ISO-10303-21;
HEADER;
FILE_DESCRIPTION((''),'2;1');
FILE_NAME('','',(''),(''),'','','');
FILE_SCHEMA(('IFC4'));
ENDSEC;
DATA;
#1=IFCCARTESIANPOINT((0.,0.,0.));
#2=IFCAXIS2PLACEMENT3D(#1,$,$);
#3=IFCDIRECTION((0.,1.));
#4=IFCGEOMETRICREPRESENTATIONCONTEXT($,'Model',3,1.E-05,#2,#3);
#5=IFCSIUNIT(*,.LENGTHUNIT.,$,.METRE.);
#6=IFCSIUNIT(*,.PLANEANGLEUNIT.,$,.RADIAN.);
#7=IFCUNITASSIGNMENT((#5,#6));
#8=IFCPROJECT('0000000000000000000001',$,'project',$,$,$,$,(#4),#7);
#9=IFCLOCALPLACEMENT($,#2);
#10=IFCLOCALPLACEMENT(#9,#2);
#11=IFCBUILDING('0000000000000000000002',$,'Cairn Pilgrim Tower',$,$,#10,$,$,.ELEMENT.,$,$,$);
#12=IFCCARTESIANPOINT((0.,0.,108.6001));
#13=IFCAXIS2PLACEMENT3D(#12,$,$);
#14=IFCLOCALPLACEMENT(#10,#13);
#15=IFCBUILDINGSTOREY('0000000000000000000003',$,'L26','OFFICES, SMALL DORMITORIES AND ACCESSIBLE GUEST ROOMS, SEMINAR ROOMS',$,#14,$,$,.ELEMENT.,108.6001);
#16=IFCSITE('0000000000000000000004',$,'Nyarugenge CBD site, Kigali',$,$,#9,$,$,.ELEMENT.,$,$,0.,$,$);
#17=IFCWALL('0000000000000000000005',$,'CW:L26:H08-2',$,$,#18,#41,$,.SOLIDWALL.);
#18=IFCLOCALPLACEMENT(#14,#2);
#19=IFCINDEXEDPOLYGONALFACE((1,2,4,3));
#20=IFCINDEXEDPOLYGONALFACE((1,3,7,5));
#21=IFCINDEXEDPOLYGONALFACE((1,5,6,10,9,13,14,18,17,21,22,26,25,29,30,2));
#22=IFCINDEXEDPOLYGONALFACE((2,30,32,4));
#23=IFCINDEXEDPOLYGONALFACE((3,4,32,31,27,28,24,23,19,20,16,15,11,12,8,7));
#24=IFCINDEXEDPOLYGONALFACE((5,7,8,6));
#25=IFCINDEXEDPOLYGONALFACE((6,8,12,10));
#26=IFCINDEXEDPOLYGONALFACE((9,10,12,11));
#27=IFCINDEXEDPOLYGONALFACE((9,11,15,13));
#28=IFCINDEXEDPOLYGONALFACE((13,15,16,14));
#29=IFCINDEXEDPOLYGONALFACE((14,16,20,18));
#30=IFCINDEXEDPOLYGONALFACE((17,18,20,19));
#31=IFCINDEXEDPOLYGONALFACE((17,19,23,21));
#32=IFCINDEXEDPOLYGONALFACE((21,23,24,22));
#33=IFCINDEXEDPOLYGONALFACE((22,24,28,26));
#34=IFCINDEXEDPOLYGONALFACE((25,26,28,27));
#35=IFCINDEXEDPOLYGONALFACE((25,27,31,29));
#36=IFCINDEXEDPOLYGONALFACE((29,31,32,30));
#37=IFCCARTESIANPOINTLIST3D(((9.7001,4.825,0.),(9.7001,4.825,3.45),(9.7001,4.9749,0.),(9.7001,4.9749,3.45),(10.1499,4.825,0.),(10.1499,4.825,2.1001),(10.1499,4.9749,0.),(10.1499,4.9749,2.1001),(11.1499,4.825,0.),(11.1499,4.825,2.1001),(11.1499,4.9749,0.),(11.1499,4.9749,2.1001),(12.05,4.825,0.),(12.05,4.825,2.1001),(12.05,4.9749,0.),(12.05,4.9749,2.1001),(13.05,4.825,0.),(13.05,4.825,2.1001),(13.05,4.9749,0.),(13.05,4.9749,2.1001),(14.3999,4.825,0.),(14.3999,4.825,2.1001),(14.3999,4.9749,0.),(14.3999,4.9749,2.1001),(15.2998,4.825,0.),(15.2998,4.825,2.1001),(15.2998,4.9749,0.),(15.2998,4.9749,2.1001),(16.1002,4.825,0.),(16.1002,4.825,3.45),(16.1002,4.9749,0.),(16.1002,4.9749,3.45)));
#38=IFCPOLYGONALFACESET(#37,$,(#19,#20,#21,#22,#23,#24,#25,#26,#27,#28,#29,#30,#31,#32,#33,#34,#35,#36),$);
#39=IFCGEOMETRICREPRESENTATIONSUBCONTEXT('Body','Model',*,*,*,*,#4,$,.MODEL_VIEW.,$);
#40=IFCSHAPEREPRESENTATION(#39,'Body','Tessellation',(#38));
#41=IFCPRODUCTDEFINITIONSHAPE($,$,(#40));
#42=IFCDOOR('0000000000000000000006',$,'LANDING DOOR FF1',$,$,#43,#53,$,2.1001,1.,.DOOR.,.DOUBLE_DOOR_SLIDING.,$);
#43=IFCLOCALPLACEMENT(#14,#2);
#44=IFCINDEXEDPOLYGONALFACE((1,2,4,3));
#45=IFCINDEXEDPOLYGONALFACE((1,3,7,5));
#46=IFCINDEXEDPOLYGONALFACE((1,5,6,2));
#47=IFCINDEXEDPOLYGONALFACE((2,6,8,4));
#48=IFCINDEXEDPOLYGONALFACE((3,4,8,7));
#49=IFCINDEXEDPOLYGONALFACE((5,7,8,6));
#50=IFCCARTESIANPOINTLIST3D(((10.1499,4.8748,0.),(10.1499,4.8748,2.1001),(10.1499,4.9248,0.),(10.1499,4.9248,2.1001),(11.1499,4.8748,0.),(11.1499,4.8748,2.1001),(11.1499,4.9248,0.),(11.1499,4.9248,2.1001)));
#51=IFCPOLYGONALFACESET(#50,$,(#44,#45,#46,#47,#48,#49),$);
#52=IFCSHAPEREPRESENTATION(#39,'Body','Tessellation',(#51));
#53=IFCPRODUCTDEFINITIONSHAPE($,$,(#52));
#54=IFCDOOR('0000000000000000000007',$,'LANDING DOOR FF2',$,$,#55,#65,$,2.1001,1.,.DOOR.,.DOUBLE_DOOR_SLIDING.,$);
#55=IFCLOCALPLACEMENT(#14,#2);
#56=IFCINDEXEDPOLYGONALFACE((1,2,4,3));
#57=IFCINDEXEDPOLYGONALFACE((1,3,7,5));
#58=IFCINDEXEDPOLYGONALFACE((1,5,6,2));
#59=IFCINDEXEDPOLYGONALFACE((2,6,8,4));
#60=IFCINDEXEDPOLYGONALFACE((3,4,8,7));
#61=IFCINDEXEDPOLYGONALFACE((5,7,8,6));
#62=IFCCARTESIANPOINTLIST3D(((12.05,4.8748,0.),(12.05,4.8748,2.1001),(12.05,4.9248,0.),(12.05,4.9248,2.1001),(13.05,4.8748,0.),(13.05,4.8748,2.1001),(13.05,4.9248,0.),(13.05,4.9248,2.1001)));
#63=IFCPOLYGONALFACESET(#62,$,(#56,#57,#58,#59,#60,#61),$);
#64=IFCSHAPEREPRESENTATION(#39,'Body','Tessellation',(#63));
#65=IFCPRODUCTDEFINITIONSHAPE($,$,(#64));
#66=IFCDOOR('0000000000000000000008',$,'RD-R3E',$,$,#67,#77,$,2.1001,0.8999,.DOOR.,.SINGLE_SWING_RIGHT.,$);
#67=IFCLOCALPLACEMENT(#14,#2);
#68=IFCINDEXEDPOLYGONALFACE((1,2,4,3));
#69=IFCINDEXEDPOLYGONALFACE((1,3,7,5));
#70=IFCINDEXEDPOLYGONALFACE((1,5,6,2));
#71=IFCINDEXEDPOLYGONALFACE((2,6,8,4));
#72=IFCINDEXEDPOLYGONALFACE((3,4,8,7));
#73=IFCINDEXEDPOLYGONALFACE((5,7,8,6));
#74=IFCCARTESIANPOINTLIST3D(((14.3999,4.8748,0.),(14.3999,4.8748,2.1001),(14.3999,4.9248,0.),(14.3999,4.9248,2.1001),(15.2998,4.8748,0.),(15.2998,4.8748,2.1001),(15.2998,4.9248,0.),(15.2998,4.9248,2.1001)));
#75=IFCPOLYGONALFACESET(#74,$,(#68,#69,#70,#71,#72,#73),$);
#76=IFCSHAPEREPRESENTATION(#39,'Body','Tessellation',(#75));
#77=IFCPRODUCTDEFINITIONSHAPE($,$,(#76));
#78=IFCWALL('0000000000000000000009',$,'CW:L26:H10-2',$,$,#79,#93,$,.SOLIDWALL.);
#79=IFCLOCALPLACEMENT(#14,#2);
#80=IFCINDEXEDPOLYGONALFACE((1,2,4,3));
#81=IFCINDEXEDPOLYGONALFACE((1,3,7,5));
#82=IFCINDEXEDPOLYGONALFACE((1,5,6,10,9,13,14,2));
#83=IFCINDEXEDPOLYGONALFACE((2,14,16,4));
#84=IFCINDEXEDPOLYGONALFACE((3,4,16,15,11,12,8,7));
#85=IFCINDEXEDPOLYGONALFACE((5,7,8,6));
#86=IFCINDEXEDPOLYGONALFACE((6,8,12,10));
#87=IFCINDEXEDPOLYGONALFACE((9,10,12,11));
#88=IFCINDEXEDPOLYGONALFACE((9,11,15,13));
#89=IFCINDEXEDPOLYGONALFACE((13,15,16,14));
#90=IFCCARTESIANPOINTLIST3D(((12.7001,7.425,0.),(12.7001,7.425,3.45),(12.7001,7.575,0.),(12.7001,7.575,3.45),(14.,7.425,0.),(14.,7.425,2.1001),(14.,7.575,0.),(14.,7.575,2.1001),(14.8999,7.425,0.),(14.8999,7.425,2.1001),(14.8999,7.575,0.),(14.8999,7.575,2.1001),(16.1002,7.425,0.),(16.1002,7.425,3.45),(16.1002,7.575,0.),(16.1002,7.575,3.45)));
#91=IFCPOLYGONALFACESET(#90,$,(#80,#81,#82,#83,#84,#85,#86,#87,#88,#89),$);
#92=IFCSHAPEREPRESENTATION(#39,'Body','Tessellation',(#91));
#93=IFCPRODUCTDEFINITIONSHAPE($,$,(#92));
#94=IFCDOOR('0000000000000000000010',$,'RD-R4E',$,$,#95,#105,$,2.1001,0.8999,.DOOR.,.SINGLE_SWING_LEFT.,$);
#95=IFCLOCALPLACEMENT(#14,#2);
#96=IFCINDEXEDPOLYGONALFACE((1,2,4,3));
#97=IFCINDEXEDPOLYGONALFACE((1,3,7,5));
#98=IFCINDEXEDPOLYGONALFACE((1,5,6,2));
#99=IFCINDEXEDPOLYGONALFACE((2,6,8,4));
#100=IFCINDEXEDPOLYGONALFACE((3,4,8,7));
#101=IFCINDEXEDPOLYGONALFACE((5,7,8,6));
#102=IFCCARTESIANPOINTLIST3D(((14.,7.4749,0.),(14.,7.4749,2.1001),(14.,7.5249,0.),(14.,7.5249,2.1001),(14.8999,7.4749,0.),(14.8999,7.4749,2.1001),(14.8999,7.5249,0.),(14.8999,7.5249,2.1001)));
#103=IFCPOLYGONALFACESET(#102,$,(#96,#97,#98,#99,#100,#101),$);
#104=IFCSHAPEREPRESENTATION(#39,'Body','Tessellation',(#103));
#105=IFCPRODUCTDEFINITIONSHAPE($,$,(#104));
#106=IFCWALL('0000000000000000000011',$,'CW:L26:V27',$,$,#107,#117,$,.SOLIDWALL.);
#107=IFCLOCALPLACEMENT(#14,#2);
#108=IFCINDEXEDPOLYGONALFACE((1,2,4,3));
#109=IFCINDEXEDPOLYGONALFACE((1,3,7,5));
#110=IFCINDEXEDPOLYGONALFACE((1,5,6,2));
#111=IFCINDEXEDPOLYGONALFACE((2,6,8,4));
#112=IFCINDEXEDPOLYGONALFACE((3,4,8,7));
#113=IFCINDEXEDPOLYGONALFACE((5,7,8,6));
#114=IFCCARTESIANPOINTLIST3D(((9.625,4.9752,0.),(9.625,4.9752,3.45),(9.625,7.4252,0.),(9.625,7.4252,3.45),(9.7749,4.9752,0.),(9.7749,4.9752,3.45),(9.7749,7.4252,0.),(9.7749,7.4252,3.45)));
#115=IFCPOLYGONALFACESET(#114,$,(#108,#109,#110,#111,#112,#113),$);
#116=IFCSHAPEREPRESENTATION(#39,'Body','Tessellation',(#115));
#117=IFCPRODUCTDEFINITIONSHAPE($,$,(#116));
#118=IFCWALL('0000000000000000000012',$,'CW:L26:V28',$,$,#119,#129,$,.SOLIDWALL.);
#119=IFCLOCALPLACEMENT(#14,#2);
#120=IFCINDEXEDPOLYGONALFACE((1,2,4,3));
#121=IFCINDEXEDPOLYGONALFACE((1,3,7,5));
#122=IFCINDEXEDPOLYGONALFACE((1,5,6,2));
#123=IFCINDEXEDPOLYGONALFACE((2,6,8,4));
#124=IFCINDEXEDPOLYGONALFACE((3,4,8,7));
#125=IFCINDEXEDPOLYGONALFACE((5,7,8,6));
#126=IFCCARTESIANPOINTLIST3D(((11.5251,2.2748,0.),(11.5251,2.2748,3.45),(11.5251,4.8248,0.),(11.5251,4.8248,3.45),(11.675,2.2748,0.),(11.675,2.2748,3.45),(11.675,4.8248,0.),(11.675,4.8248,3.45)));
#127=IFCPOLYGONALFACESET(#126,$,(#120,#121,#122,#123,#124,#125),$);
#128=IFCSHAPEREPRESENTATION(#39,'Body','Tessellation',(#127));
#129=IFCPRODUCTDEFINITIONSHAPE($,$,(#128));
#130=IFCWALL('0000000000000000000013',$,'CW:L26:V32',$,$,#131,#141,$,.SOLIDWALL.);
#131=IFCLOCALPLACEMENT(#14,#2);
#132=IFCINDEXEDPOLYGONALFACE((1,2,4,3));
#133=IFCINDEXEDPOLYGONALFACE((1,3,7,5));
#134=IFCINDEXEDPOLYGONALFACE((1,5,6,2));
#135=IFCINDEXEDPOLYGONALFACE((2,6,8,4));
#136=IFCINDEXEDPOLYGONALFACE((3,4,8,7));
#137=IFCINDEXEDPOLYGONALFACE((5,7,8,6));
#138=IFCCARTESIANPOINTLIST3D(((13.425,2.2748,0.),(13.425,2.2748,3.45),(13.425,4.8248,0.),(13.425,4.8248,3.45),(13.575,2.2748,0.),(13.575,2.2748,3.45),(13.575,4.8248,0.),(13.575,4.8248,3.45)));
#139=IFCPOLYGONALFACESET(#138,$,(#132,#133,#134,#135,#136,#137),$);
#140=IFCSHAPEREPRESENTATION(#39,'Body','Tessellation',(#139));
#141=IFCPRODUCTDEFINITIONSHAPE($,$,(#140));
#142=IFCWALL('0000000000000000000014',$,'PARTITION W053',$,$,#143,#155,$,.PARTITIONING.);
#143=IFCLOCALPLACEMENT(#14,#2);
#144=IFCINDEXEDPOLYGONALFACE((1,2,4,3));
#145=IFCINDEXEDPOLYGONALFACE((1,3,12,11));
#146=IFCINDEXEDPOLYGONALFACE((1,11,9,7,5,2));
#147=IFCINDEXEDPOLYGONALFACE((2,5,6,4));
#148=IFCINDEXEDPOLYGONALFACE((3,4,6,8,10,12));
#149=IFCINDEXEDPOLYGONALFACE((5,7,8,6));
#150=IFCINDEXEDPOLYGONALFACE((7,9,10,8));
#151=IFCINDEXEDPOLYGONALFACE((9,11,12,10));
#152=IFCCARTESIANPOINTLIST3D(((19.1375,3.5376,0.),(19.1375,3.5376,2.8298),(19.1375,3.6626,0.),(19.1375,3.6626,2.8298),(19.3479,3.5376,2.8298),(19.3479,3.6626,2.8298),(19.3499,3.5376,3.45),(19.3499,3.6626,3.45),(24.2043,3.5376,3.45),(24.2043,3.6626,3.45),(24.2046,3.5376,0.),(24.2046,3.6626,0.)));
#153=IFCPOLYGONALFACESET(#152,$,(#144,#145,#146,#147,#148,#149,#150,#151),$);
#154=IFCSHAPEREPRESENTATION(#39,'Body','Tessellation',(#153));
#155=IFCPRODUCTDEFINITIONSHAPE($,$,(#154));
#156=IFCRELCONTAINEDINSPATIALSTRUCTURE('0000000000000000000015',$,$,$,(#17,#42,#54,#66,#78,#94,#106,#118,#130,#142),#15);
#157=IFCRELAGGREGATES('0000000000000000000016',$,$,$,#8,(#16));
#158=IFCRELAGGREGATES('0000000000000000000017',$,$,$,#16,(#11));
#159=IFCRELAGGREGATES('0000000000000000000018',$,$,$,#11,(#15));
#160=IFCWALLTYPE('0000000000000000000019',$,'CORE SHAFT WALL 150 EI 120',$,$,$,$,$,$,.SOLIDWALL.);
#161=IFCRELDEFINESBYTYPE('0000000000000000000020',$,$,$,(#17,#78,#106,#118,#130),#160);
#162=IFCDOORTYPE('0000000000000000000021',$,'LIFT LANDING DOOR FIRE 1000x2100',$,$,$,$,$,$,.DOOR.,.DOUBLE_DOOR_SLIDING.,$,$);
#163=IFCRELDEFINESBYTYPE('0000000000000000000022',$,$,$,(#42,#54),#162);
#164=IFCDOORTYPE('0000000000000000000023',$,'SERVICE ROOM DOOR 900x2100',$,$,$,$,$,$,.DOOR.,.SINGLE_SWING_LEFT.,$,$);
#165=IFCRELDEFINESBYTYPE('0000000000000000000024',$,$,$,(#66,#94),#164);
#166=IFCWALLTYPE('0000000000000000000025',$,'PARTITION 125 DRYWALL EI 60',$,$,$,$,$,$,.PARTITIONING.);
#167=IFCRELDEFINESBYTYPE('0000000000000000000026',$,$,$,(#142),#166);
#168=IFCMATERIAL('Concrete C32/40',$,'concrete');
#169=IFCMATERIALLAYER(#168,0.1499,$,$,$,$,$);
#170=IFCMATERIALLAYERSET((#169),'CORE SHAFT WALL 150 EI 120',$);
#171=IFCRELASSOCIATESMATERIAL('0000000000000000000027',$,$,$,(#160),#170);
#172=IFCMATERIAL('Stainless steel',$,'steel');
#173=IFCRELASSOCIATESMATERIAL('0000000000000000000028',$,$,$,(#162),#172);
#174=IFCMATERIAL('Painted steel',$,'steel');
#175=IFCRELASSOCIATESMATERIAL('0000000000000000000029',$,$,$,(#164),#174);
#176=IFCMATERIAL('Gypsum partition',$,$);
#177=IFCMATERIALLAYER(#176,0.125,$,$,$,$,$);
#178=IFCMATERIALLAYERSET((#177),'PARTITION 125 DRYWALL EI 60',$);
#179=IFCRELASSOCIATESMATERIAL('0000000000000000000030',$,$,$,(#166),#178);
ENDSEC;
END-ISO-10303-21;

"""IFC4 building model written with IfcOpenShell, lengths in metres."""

from ifc_helpers import new_model, si_unit, direction, frame, frame_2d, origin, place, context, subcontext, project, spatial, polyline, rectangle, outline, extrude, material, layer, layer_set, type_object, element, fill, save


model = new_model("IFC4")

# Units and contexts
model_context = context("Model", 3, precision=1e-05, world=origin(), true_north=direction((0.0, 1.0)))
body_context = subcontext(model_context, "Body", "Model", "MODEL_VIEW")
ifc_project = project(units=[si_unit("LENGTHUNIT", "METRE"), si_unit("PLANEANGLEUNIT", "RADIAN")], contexts=[model_context])

# Site, building, storey
site_placement = place(None, origin())
site = spatial("IfcSite", under=ifc_project, at=site_placement, Name="Nyarugenge CBD site, Kigali", CompositionType="ELEMENT", RefElevation=0.0)
building_placement = place(site_placement, origin())
building = spatial("IfcBuilding", under=site, at=building_placement, Name="Cairn Pilgrim Tower", CompositionType="ELEMENT")
storey_placement = place(building_placement, frame((0.0, 0.0, 108.6001)))
storey = spatial("IfcBuildingStorey", under=building, at=storey_placement, Name="L26", Description="OFFICES, SMALL DORMITORIES AND ACCESSIBLE GUEST ROOMS, SEMINAR ROOMS", CompositionType="ELEMENT", Elevation=108.6001)

# Shared definitions
ifc_material_1 = material(Name="Concrete C32/40", Category="concrete")

# Wall, openings, doors
ifc_layer_1 = layer(ifc_material_1, 0.1499)
ifc_layer_set_1 = layer_set([ifc_layer_1], Name="CORE SHAFT WALL 150 EI 120")
wall_type_1 = type_object("IfcWallType", Name="CORE SHAFT WALL 150 EI 120", PredefinedType="SOLIDWALL", material=ifc_layer_set_1)
wall_1_placement = place(storey_placement, frame((9.7, 4.8999, 0.0), z_axis=(0.0, 0.0, 1.0), x_axis=(1.0, 0.0, 0.0)))
wall_1 = element("IfcWall", 1, at=wall_1_placement, inside=storey, type_object=wall_type_1, Name="CW:L26:H08-2", PredefinedType="SOLIDWALL", context=body_context, shape_type="SweptSolid", body=[
    extrude(rectangle(XDim=6.4001, YDim=0.1499, at=frame_2d((3.2002, 0.0))), origin(), (0.0, 0.0, 1.0), 3.45),
])
opening_1_placement = place(wall_1_placement, frame((0.45, 0.0, 0.0)))
opening_1 = element("IfcOpeningElement", 2, at=opening_1_placement, cuts=wall_1, PredefinedType="OPENING", context=body_context, shape_type="SweptSolid", body=[
    extrude(rectangle(XDim=1.0, YDim=2.1001, at=frame_2d((0.5, 1.05))), frame((0.0, 0.085, 0.0), z_axis=(0.0, -1.0, 0.0), x_axis=(1.0, 0.0, 0.0)), (0.0, 0.0, 1.0), 0.1699),
])
opening_2_placement = place(wall_1_placement, frame((2.3501, 0.0, 0.0)))
opening_2 = element("IfcOpeningElement", 3, at=opening_2_placement, cuts=wall_1, PredefinedType="OPENING", context=body_context, shape_type="SweptSolid", body=[
    extrude(rectangle(XDim=1.0, YDim=2.1001, at=frame_2d((0.5, 1.05))), frame((0.0, 0.085, 0.0), z_axis=(0.0, -1.0, 0.0), x_axis=(1.0, 0.0, 0.0)), (0.0, 0.0, 1.0), 0.1699),
])
opening_3_placement = place(wall_1_placement, frame((4.7, 0.0, 0.0)))
opening_3 = element("IfcOpeningElement", 4, at=opening_3_placement, cuts=wall_1, PredefinedType="OPENING", context=body_context, shape_type="SweptSolid", body=[
    extrude(rectangle(XDim=0.8999, YDim=2.1001, at=frame_2d((0.45, 1.05))), frame((0.0, 0.085, 0.0), z_axis=(0.0, -1.0, 0.0), x_axis=(1.0, 0.0, 0.0)), (0.0, 0.0, 1.0), 0.1699),
])
ifc_material_2 = material(Name="Stainless steel", Category="steel")
door_type_1 = type_object("IfcDoorType", Name="LIFT LANDING DOOR FIRE 1000x2100", OperationType="DOUBLE_DOOR_SLIDING", PredefinedType="DOOR", material=ifc_material_2)
door_1_placement = place(opening_1_placement, origin())
door_1 = element("IfcDoor", 5, at=door_1_placement, inside=storey, type_object=door_type_1, Name="LANDING DOOR FF1", OperationType="DOUBLE_DOOR_SLIDING", OverallHeight=2.1001, OverallWidth=1.0, PredefinedType="DOOR", context=body_context, shape_type="SweptSolid", body=[
    extrude(rectangle(XDim=1.0, YDim=2.1001, at=frame_2d((0.5, 1.05))), frame((0.0, 0.0249, 0.0), z_axis=(0.0, -1.0, 0.0), x_axis=(1.0, 0.0, 0.0)), (0.0, 0.0, 1.0), 0.05),
])
fill(opening_1, door_1)
door_2_placement = place(opening_2_placement, origin())
door_2 = element("IfcDoor", 6, at=door_2_placement, inside=storey, type_object=door_type_1, Name="LANDING DOOR FF2", OperationType="DOUBLE_DOOR_SLIDING", OverallHeight=2.1001, OverallWidth=1.0, PredefinedType="DOOR", context=body_context, shape_type="SweptSolid", body=[
    extrude(rectangle(XDim=1.0, YDim=2.1001, at=frame_2d((0.5, 1.05))), frame((0.0, 0.0249, 0.0), z_axis=(0.0, -1.0, 0.0), x_axis=(1.0, 0.0, 0.0)), (0.0, 0.0, 1.0), 0.05),
])
fill(opening_2, door_2)
ifc_material_3 = material(Name="Painted steel", Category="steel")
door_type_2 = type_object("IfcDoorType", Name="SERVICE ROOM DOOR 900x2100", OperationType="SINGLE_SWING_LEFT", PredefinedType="DOOR", material=ifc_material_3)
door_3_placement = place(opening_3_placement, origin())
door_3 = element("IfcDoor", 7, at=door_3_placement, inside=storey, type_object=door_type_2, Name="RD-R3E", OperationType="SINGLE_SWING_RIGHT", OverallHeight=2.1001, OverallWidth=0.8999, PredefinedType="DOOR", context=body_context, shape_type="SweptSolid", body=[
    extrude(rectangle(XDim=0.8999, YDim=2.1001, at=frame_2d((0.45, 1.05))), frame((0.0, 0.0249, 0.0), z_axis=(0.0, -1.0, 0.0), x_axis=(1.0, 0.0, 0.0)), (0.0, 0.0, 1.0), 0.05),
])
fill(opening_3, door_3)

# Wall, opening, door
wall_2_placement = place(storey_placement, frame((12.7, 7.5, 0.0), z_axis=(0.0, 0.0, 1.0), x_axis=(1.0, 0.0, 0.0)))
wall_2 = element("IfcWall", 8, at=wall_2_placement, inside=storey, type_object=wall_type_1, Name="CW:L26:H10-2", PredefinedType="SOLIDWALL", context=body_context, shape_type="SweptSolid", body=[
    extrude(rectangle(XDim=3.4001, YDim=0.1499, at=frame_2d((1.7002, 0.0))), origin(), (0.0, 0.0, 1.0), 3.45),
])
opening_4_placement = place(wall_2_placement, frame((1.3, 0.0, 0.0)))
opening_4 = element("IfcOpeningElement", 9, at=opening_4_placement, cuts=wall_2, PredefinedType="OPENING", context=body_context, shape_type="SweptSolid", body=[
    extrude(rectangle(XDim=0.8999, YDim=2.1001, at=frame_2d((0.45, 1.05))), frame((0.0, 0.085, 0.0), z_axis=(0.0, -1.0, 0.0), x_axis=(1.0, 0.0, 0.0)), (0.0, 0.0, 1.0), 0.1699),
])
door_4_placement = place(opening_4_placement, origin())
door_4 = element("IfcDoor", 10, at=door_4_placement, inside=storey, type_object=door_type_2, Name="RD-R4E", OperationType="SINGLE_SWING_LEFT", OverallHeight=2.1001, OverallWidth=0.8999, PredefinedType="DOOR", context=body_context, shape_type="SweptSolid", body=[
    extrude(rectangle(XDim=0.8999, YDim=2.1001, at=frame_2d((0.45, 1.05))), frame((0.0, 0.0249, 0.0), z_axis=(0.0, -1.0, 0.0), x_axis=(1.0, 0.0, 0.0)), (0.0, 0.0, 1.0), 0.05),
])
fill(opening_4, door_4)

# Walls
wall_3_placement = place(storey_placement, frame((9.7, 4.9751, 0.0), z_axis=(0.0, 0.0, 1.0), x_axis=(0.0, 1.0, 0.0)))
element("IfcWall", 11, at=wall_3_placement, inside=storey, type_object=wall_type_1, Name="CW:L26:V27", PredefinedType="SOLIDWALL", context=body_context, shape_type="SweptSolid", body=[
    extrude(rectangle(XDim=2.45, YDim=0.1499, at=frame_2d((1.2251, 0.0))), origin(), (0.0, 0.0, 1.0), 3.45),
])
for number, where, z_axis, x_axis, name in (
    (12, (11.6001, 2.2749, 0.0), (0.0, 0.0, 1.0), (0.0, 1.0, 0.0), "CW:L26:V28"),
    (13, (13.5, 2.2749, 0.0), (0.0, 0.0, 1.0), (0.0, 1.0, 0.0), "CW:L26:V32"),
):
    element("IfcWall", number, at=place(storey_placement, frame(where, z_axis=z_axis, x_axis=x_axis)), inside=storey, type_object=wall_type_1, Name=name, PredefinedType="SOLIDWALL", context=body_context, shape_type="SweptSolid", body=[
        extrude(rectangle(XDim=2.55, YDim=0.1499, at=frame_2d((1.2749, 0.0))), origin(), (0.0, 0.0, 1.0), 3.45),
    ])
ifc_material_4 = material(Name="Gypsum partition")
ifc_layer_2 = layer(ifc_material_4, 0.125)
ifc_layer_set_2 = layer_set([ifc_layer_2], Name="PARTITION 125 DRYWALL EI 60")
wall_type_2 = type_object("IfcWallType", Name="PARTITION 125 DRYWALL EI 60", PredefinedType="PARTITIONING", material=ifc_layer_set_2)
wall_4_placement = place(storey_placement, frame((19.1375, 3.6001, 0.0), z_axis=(0.0, 0.0, 1.0), x_axis=(1.0, 0.0, 0.0)))
element("IfcWall", 14, at=wall_4_placement, inside=storey, type_object=wall_type_2, Name="PARTITION W053", PredefinedType="PARTITIONING", context=body_context, shape_type="SweptSolid", body=[
    extrude(outline(polyline([(0.0, 0.0), (5.0671, 0.0), (5.0669, 3.45), (0.2124, 3.45), (0.2104, 2.8298), (0.0, 2.8298), (0.0, 0.0)])), frame((0.0, 0.0625, 0.0), z_axis=(0.0, -1.0, 0.0), x_axis=(1.0, 0.0, 0.0)), (0.0, 0.0, 1.0), 0.125),
])

save(model, "model.ifc")
